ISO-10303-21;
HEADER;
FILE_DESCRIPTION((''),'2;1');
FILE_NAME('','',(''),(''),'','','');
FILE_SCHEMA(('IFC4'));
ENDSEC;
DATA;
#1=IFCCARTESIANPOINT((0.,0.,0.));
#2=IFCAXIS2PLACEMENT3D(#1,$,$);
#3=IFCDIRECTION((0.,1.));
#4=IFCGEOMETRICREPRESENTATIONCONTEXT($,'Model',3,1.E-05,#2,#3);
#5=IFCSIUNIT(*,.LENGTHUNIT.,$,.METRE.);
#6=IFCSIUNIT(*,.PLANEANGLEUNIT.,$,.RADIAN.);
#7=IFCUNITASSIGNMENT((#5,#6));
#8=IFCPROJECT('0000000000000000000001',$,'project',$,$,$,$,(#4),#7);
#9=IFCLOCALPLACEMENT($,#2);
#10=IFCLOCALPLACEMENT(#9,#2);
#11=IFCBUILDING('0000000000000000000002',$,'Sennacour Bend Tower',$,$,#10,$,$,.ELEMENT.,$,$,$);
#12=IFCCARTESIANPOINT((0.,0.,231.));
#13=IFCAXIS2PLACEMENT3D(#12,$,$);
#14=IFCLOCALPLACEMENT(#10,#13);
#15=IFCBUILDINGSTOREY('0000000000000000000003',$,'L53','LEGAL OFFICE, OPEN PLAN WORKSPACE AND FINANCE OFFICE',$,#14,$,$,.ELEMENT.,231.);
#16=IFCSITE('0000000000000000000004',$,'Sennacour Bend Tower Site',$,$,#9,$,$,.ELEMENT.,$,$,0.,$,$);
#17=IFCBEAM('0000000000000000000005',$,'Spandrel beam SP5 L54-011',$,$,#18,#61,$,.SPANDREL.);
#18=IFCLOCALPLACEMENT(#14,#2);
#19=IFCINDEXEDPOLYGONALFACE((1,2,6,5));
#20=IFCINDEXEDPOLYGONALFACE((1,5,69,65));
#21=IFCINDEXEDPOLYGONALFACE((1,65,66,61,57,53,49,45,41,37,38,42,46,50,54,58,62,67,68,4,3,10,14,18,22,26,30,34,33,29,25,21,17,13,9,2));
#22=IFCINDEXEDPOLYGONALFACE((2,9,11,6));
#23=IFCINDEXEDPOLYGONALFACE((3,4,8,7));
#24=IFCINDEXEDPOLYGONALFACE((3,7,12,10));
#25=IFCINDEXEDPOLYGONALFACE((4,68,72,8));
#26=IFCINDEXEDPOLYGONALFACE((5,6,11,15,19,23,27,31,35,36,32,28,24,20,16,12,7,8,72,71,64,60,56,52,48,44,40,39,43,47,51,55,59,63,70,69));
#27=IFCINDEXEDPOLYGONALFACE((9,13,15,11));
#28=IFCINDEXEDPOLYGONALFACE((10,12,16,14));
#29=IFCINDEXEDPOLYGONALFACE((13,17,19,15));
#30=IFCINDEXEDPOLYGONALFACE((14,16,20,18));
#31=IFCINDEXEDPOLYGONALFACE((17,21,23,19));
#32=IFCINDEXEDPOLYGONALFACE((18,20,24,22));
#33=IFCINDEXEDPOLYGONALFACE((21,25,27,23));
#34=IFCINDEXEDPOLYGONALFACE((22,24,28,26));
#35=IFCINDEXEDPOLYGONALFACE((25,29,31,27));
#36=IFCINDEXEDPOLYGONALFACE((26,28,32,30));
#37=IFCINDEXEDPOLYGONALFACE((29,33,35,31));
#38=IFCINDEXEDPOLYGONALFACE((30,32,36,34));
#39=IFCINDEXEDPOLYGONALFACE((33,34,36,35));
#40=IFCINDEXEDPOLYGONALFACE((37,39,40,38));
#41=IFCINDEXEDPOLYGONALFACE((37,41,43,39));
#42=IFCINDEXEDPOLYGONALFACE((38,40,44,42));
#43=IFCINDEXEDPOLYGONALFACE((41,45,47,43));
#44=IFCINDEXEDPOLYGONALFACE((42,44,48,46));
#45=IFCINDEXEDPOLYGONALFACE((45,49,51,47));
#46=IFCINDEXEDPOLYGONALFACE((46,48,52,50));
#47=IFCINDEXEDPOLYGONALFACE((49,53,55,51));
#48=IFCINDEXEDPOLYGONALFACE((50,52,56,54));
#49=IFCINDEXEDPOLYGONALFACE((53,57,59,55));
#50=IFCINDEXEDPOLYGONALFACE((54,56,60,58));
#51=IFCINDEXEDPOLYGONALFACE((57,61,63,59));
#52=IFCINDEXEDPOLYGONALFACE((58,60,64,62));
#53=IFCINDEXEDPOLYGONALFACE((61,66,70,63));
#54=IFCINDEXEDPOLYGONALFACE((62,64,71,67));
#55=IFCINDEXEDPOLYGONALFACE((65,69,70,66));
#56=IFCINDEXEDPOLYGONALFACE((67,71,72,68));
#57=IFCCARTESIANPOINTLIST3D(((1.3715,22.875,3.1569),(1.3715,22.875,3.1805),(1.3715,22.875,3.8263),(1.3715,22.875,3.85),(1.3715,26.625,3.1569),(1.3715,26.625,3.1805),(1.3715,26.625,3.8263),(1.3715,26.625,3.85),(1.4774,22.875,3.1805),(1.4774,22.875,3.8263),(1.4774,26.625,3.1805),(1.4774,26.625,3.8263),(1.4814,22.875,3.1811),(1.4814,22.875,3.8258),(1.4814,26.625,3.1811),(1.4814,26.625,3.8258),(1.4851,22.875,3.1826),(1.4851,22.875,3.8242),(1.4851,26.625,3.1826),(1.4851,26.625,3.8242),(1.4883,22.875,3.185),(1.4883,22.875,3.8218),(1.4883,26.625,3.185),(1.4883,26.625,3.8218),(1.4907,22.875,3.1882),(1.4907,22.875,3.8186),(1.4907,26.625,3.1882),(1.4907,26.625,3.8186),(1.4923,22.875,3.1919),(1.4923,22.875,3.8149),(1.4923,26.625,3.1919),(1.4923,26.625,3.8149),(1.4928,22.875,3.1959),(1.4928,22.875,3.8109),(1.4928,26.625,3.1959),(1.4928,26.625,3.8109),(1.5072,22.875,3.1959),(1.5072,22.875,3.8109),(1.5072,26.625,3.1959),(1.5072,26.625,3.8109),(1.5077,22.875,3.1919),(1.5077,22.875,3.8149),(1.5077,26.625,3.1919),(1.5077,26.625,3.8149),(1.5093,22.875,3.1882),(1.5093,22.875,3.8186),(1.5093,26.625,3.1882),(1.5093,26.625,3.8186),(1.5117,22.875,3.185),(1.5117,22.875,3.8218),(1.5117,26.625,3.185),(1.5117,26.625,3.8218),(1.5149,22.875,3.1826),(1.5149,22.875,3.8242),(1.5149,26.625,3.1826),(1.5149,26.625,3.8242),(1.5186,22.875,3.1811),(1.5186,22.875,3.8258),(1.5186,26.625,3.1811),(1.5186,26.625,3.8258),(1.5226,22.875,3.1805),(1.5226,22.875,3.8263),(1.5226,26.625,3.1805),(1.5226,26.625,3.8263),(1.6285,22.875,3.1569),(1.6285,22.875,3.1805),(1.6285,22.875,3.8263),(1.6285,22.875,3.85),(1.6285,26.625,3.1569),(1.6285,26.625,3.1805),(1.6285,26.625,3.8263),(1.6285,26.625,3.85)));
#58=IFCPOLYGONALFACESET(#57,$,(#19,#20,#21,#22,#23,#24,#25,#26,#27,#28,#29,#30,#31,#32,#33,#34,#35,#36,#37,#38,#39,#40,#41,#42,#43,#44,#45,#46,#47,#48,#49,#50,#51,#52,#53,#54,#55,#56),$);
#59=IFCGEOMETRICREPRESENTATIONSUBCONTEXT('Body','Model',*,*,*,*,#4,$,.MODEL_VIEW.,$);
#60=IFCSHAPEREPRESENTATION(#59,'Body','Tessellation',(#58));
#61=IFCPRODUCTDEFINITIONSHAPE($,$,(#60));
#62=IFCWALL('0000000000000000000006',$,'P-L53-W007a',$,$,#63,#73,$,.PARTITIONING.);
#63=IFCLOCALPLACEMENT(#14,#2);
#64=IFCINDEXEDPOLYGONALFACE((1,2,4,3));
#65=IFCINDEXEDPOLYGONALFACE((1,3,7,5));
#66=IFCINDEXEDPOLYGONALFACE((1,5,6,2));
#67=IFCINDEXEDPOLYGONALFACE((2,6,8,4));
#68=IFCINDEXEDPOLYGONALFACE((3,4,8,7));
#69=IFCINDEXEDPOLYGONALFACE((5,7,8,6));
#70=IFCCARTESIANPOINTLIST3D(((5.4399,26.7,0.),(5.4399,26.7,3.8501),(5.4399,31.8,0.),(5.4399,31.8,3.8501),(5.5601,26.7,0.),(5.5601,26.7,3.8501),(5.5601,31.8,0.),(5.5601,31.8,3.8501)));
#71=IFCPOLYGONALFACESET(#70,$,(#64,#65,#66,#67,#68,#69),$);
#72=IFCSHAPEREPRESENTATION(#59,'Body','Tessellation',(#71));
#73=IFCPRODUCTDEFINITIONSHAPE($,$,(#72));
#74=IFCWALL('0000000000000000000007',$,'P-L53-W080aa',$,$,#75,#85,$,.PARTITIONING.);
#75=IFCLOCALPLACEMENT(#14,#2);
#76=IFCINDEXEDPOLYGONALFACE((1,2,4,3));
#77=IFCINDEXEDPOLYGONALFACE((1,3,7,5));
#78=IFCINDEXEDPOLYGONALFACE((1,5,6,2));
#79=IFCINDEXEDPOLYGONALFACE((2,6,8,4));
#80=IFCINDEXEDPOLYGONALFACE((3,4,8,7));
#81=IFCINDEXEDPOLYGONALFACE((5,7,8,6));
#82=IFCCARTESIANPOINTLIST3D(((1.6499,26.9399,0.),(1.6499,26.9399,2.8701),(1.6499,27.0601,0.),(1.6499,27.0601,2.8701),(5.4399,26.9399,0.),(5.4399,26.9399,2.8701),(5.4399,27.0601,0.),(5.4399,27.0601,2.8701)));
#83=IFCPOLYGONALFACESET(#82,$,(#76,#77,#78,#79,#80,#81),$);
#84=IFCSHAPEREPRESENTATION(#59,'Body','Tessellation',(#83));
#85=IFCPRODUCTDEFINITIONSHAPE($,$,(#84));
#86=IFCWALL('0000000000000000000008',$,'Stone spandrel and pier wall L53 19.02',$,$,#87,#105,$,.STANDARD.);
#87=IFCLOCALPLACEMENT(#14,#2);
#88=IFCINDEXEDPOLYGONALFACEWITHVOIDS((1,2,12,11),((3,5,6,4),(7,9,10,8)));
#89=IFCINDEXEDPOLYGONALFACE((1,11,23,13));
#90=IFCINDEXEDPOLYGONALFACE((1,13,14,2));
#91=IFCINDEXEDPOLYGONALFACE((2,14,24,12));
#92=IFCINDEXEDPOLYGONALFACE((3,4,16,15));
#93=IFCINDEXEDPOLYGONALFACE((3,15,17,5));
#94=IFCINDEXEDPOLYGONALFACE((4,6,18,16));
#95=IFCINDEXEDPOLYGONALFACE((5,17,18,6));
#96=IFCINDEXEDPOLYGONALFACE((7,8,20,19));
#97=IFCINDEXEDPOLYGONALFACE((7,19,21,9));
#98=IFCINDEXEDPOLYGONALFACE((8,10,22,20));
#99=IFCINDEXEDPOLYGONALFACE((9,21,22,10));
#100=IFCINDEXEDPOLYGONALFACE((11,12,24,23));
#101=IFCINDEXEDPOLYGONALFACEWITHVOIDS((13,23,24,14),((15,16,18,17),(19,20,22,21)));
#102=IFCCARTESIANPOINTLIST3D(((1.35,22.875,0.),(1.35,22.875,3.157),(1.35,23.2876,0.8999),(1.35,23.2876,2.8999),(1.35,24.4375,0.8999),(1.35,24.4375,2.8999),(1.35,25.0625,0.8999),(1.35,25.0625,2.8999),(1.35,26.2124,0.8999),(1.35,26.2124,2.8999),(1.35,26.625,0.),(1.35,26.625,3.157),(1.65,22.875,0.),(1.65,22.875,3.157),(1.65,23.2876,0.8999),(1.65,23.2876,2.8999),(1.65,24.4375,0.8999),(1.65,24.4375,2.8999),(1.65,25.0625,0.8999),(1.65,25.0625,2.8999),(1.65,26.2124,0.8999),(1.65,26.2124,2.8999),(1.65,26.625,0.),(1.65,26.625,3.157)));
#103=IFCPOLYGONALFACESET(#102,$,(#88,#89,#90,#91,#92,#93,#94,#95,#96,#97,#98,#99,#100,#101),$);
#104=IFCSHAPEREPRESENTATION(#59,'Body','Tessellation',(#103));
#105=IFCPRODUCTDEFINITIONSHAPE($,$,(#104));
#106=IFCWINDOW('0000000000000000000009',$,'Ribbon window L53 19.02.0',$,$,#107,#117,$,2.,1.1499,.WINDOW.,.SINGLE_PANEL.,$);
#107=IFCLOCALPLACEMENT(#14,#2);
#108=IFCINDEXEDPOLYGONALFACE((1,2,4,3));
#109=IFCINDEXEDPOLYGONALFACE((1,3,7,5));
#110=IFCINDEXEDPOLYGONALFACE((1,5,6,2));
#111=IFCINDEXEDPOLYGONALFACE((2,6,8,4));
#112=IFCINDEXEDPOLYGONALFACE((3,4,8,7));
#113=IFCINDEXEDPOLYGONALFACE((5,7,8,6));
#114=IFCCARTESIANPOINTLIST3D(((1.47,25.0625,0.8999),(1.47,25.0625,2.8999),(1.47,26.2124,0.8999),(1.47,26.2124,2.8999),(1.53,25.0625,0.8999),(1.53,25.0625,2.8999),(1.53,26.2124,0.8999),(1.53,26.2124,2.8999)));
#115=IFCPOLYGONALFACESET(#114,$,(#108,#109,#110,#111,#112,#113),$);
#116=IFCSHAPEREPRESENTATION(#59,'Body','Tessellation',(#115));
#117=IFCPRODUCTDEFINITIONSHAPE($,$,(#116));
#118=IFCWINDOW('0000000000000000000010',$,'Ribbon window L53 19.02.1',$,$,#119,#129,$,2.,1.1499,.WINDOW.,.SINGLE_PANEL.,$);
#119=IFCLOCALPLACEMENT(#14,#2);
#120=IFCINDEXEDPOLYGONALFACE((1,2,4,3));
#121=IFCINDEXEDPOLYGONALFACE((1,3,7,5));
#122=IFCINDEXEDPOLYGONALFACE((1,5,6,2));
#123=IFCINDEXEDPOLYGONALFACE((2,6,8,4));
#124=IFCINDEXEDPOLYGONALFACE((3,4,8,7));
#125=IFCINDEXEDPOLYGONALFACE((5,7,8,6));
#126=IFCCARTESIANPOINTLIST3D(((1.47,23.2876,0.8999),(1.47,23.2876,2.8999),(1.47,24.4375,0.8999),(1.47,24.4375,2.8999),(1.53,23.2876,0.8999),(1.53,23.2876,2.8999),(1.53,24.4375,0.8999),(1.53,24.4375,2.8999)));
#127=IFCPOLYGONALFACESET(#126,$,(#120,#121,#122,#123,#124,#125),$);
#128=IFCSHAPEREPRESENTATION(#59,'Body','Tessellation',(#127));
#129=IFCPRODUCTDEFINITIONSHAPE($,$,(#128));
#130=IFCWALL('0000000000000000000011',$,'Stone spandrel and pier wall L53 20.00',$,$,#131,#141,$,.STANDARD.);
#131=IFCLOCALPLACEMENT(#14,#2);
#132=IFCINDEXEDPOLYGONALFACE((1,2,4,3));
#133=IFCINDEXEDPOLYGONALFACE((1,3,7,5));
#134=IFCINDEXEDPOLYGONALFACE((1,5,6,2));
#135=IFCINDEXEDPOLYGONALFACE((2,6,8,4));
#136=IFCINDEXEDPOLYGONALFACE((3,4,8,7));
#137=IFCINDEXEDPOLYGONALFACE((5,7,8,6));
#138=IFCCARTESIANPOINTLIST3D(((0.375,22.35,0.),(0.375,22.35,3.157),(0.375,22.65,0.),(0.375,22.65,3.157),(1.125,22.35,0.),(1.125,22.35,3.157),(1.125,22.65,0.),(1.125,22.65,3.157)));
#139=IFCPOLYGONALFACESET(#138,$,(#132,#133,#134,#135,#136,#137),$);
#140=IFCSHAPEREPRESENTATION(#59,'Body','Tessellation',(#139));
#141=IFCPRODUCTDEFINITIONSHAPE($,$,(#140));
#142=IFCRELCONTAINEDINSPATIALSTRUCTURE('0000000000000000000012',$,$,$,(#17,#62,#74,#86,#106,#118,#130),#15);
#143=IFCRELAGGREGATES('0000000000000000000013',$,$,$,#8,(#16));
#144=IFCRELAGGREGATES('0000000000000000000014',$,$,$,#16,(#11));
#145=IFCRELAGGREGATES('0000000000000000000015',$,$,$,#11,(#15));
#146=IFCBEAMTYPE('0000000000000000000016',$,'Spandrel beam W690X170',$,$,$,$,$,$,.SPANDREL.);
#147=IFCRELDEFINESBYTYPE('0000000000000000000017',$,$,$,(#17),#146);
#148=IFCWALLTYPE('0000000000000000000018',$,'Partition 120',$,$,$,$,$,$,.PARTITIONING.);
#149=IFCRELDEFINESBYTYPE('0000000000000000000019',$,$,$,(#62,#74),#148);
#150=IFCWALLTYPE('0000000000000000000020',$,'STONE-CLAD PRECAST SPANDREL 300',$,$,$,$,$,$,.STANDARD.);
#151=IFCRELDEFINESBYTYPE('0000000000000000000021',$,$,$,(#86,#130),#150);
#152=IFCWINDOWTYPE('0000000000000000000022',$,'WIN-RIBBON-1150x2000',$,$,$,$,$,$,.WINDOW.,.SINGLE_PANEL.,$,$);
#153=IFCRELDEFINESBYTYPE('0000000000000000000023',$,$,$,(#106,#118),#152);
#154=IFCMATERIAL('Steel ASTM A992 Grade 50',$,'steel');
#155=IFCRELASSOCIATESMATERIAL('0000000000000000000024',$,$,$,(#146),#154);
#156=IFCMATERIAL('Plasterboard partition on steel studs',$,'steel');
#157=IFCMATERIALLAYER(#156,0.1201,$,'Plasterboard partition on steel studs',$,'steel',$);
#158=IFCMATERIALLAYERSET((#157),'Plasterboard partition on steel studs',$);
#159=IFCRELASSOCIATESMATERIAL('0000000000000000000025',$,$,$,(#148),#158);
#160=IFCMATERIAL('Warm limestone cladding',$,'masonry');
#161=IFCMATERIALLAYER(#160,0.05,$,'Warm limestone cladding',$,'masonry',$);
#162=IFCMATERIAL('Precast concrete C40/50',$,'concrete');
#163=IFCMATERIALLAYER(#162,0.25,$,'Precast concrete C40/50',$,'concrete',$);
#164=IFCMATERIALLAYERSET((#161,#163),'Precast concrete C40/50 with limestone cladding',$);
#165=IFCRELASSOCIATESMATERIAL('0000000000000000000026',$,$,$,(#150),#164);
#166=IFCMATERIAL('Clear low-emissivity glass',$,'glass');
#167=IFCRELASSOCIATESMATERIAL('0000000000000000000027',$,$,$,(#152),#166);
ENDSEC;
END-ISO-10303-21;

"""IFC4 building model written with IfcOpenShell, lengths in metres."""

from ifc_helpers import new_model, si_unit, direction, frame, frame_2d, origin, origin_2d, place, context, subcontext, project, spatial, rectangle, i_section, extrude, material, layer, layer_set, material_profile, profile_set, type_object, element, fill, save


model = new_model("IFC4")

# Units and contexts
model_context = context("Model", 3, precision=1e-05, world=origin(), true_north=direction((0.0, 1.0)))
body_context = subcontext(model_context, "Body", "Model", "MODEL_VIEW")
ifc_project = project(units=[si_unit("LENGTHUNIT", "METRE"), si_unit("PLANEANGLEUNIT", "RADIAN")], contexts=[model_context])

# Site, building, storey
site_placement = place(None, origin())
site = spatial("IfcSite", under=ifc_project, at=site_placement, Name="Sennacour Bend Tower Site", CompositionType="ELEMENT", RefElevation=0.0)
building_placement = place(site_placement, origin())
building = spatial("IfcBuilding", under=site, at=building_placement, Name="Sennacour Bend Tower", CompositionType="ELEMENT")
storey_placement = place(building_placement, frame((0.0, 0.0, 231.0)))
storey = spatial("IfcBuildingStorey", under=building, at=storey_placement, Name="L53", Description="LEGAL OFFICE, OPEN PLAN WORKSPACE AND FINANCE OFFICE", CompositionType="ELEMENT", Elevation=231.0)

# Beam
ifc_material_1 = material(Name="Steel ASTM A992 Grade 50", Category="steel")
ifc_material_profile_1 = material_profile(ifc_material_1, i_section(OverallWidth=0.2571, OverallDepth=0.6931, WebThickness=0.0144, FlangeThickness=0.0237, FilletRadius=0.0154, at=origin_2d()), Name="Steel ASTM A992 Grade 50", Category="steel")
ifc_profile_set_1 = profile_set([ifc_material_profile_1], Name="Steel ASTM A992 Grade 50")
beam_type_1 = type_object("IfcBeamType", Name="Spandrel beam W690X170", PredefinedType="SPANDREL", material=ifc_profile_set_1)
beam_1_placement = place(storey_placement, frame((1.5, 22.875, 3.5034), z_axis=(0.0, 1.0, 0.0), x_axis=(-1.0, 0.0, 0.0)))
element("IfcBeam", 1, at=beam_1_placement, inside=storey, type_object=beam_type_1, Name="Spandrel beam SP5 L54-011", PredefinedType="SPANDREL", context=body_context, shape_type="SweptSolid", body=[
    extrude(i_section(OverallWidth=0.2571, OverallDepth=0.6931, WebThickness=0.0144, FlangeThickness=0.0237, FilletRadius=0.0154, at=origin_2d()), origin(), (0.0, 0.0, 1.0), 3.75),
])

# Walls
ifc_material_2 = material(Name="Plasterboard partition on steel studs", Category="steel")
ifc_layer_1 = layer(ifc_material_2, 0.1201, Name="Plasterboard partition on steel studs", Category="steel")
ifc_layer_set_1 = layer_set([ifc_layer_1], Name="Plasterboard partition on steel studs")
wall_type_1 = type_object("IfcWallType", Name="Partition 120", PredefinedType="PARTITIONING", material=ifc_layer_set_1)
wall_1_placement = place(storey_placement, frame((5.5, 26.7, 0.0), z_axis=(0.0, 0.0, 1.0), x_axis=(0.0, 1.0, 0.0)))
element("IfcWall", 2, at=wall_1_placement, inside=storey, type_object=wall_type_1, Name="P-L53-W007a", PredefinedType="PARTITIONING", context=body_context, shape_type="SweptSolid", body=[
    extrude(rectangle(XDim=5.1001, YDim=0.1201, at=frame_2d((2.55, 0.0))), origin(), (0.0, 0.0, 1.0), 3.8501),
])
wall_2_placement = place(storey_placement, frame((1.6499, 27.0, 0.0), z_axis=(0.0, 0.0, 1.0), x_axis=(1.0, 0.0, 0.0)))
element("IfcWall", 3, at=wall_2_placement, inside=storey, type_object=wall_type_1, Name="P-L53-W080aa", PredefinedType="PARTITIONING", context=body_context, shape_type="SweptSolid", body=[
    extrude(rectangle(XDim=3.79, YDim=0.1201, at=frame_2d((1.895, 0.0))), origin(), (0.0, 0.0, 1.0), 2.8701),
])

# Wall, openings, windows
ifc_material_3 = material(Name="Warm limestone cladding", Category="masonry")
ifc_layer_2 = layer(ifc_material_3, 0.05, Name="Warm limestone cladding", Category="masonry")
ifc_material_4 = material(Name="Precast concrete C40/50", Category="concrete")
ifc_layer_3 = layer(ifc_material_4, 0.25, Name="Precast concrete C40/50", Category="concrete")
ifc_layer_set_2 = layer_set([ifc_layer_2, ifc_layer_3], Name="Precast concrete C40/50 with limestone cladding")
wall_type_2 = type_object("IfcWallType", Name="STONE-CLAD PRECAST SPANDREL 300", PredefinedType="STANDARD", material=ifc_layer_set_2)
wall_3_placement = place(storey_placement, frame((1.5, 26.625, 0.0), z_axis=(0.0, 0.0, 1.0), x_axis=(0.0, -1.0, 0.0)))
wall_3 = element("IfcWall", 4, at=wall_3_placement, inside=storey, type_object=wall_type_2, Name="Stone spandrel and pier wall L53 19.02", PredefinedType="STANDARD", context=body_context, shape_type="SweptSolid", body=[
    extrude(rectangle(XDim=3.75, YDim=0.3, at=frame_2d((1.875, 0.0))), origin(), (0.0, 0.0, 1.0), 3.157),
])
opening_1_placement = place(wall_3_placement, frame((0.4126, 0.0, 0.8999)))
opening_1 = element("IfcOpeningElement", 5, at=opening_1_placement, cuts=wall_3, PredefinedType="OPENING", context=body_context, shape_type="SweptSolid", body=[
    extrude(rectangle(XDim=1.1499, YDim=2.0, at=frame_2d((0.575, 1.0))), frame((0.0, 0.1602, 0.0), z_axis=(0.0, -1.0, 0.0), x_axis=(1.0, 0.0, 0.0)), (0.0, 0.0, 1.0), 0.3201),
])
opening_2_placement = place(wall_3_placement, frame((2.1875, 0.0, 0.8999)))
opening_2 = element("IfcOpeningElement", 6, at=opening_2_placement, cuts=wall_3, PredefinedType="OPENING", context=body_context, shape_type="SweptSolid", body=[
    extrude(rectangle(XDim=1.1499, YDim=2.0, at=frame_2d((0.575, 1.0))), frame((0.0, 0.1602, 0.0), z_axis=(0.0, -1.0, 0.0), x_axis=(1.0, 0.0, 0.0)), (0.0, 0.0, 1.0), 0.3201),
])
ifc_material_5 = material(Name="Clear low-emissivity glass", Category="glass")
window_type = type_object("IfcWindowType", Name="WIN-RIBBON-1150x2000", PartitioningType="SINGLE_PANEL", PredefinedType="WINDOW", material=ifc_material_5)
window_1_placement = place(opening_1_placement, origin())
window_1 = element("IfcWindow", 7, at=window_1_placement, inside=storey, type_object=window_type, Name="Ribbon window L53 19.02.0", OverallHeight=2.0, OverallWidth=1.1499, PartitioningType="SINGLE_PANEL", PredefinedType="WINDOW", context=body_context, shape_type="SweptSolid", body=[
    extrude(rectangle(XDim=1.1499, YDim=2.0, at=frame_2d((0.575, 1.0))), frame((0.0, 0.03, 0.0), z_axis=(0.0, -1.0, 0.0), x_axis=(1.0, 0.0, 0.0)), (0.0, 0.0, 1.0), 0.0601),
])
fill(opening_1, window_1)
window_2_placement = place(opening_2_placement, origin())
window_2 = element("IfcWindow", 8, at=window_2_placement, inside=storey, type_object=window_type, Name="Ribbon window L53 19.02.1", OverallHeight=2.0, OverallWidth=1.1499, PartitioningType="SINGLE_PANEL", PredefinedType="WINDOW", context=body_context, shape_type="SweptSolid", body=[
    extrude(rectangle(XDim=1.1499, YDim=2.0, at=frame_2d((0.575, 1.0))), frame((0.0, 0.03, 0.0), z_axis=(0.0, -1.0, 0.0), x_axis=(1.0, 0.0, 0.0)), (0.0, 0.0, 1.0), 0.0601),
])
fill(opening_2, window_2)

# Wall
wall_4_placement = place(storey_placement, frame((1.125, 22.5, 0.0), z_axis=(0.0, 0.0, 1.0), x_axis=(-1.0, 0.0, 0.0)))
element("IfcWall", 9, at=wall_4_placement, inside=storey, type_object=wall_type_2, Name="Stone spandrel and pier wall L53 20.00", PredefinedType="STANDARD", context=body_context, shape_type="SweptSolid", body=[
    extrude(rectangle(XDim=0.75, YDim=0.3, at=frame_2d((0.375, 0.0))), origin(), (0.0, 0.0, 1.0), 3.157),
])

save(model, "model.ifc")
